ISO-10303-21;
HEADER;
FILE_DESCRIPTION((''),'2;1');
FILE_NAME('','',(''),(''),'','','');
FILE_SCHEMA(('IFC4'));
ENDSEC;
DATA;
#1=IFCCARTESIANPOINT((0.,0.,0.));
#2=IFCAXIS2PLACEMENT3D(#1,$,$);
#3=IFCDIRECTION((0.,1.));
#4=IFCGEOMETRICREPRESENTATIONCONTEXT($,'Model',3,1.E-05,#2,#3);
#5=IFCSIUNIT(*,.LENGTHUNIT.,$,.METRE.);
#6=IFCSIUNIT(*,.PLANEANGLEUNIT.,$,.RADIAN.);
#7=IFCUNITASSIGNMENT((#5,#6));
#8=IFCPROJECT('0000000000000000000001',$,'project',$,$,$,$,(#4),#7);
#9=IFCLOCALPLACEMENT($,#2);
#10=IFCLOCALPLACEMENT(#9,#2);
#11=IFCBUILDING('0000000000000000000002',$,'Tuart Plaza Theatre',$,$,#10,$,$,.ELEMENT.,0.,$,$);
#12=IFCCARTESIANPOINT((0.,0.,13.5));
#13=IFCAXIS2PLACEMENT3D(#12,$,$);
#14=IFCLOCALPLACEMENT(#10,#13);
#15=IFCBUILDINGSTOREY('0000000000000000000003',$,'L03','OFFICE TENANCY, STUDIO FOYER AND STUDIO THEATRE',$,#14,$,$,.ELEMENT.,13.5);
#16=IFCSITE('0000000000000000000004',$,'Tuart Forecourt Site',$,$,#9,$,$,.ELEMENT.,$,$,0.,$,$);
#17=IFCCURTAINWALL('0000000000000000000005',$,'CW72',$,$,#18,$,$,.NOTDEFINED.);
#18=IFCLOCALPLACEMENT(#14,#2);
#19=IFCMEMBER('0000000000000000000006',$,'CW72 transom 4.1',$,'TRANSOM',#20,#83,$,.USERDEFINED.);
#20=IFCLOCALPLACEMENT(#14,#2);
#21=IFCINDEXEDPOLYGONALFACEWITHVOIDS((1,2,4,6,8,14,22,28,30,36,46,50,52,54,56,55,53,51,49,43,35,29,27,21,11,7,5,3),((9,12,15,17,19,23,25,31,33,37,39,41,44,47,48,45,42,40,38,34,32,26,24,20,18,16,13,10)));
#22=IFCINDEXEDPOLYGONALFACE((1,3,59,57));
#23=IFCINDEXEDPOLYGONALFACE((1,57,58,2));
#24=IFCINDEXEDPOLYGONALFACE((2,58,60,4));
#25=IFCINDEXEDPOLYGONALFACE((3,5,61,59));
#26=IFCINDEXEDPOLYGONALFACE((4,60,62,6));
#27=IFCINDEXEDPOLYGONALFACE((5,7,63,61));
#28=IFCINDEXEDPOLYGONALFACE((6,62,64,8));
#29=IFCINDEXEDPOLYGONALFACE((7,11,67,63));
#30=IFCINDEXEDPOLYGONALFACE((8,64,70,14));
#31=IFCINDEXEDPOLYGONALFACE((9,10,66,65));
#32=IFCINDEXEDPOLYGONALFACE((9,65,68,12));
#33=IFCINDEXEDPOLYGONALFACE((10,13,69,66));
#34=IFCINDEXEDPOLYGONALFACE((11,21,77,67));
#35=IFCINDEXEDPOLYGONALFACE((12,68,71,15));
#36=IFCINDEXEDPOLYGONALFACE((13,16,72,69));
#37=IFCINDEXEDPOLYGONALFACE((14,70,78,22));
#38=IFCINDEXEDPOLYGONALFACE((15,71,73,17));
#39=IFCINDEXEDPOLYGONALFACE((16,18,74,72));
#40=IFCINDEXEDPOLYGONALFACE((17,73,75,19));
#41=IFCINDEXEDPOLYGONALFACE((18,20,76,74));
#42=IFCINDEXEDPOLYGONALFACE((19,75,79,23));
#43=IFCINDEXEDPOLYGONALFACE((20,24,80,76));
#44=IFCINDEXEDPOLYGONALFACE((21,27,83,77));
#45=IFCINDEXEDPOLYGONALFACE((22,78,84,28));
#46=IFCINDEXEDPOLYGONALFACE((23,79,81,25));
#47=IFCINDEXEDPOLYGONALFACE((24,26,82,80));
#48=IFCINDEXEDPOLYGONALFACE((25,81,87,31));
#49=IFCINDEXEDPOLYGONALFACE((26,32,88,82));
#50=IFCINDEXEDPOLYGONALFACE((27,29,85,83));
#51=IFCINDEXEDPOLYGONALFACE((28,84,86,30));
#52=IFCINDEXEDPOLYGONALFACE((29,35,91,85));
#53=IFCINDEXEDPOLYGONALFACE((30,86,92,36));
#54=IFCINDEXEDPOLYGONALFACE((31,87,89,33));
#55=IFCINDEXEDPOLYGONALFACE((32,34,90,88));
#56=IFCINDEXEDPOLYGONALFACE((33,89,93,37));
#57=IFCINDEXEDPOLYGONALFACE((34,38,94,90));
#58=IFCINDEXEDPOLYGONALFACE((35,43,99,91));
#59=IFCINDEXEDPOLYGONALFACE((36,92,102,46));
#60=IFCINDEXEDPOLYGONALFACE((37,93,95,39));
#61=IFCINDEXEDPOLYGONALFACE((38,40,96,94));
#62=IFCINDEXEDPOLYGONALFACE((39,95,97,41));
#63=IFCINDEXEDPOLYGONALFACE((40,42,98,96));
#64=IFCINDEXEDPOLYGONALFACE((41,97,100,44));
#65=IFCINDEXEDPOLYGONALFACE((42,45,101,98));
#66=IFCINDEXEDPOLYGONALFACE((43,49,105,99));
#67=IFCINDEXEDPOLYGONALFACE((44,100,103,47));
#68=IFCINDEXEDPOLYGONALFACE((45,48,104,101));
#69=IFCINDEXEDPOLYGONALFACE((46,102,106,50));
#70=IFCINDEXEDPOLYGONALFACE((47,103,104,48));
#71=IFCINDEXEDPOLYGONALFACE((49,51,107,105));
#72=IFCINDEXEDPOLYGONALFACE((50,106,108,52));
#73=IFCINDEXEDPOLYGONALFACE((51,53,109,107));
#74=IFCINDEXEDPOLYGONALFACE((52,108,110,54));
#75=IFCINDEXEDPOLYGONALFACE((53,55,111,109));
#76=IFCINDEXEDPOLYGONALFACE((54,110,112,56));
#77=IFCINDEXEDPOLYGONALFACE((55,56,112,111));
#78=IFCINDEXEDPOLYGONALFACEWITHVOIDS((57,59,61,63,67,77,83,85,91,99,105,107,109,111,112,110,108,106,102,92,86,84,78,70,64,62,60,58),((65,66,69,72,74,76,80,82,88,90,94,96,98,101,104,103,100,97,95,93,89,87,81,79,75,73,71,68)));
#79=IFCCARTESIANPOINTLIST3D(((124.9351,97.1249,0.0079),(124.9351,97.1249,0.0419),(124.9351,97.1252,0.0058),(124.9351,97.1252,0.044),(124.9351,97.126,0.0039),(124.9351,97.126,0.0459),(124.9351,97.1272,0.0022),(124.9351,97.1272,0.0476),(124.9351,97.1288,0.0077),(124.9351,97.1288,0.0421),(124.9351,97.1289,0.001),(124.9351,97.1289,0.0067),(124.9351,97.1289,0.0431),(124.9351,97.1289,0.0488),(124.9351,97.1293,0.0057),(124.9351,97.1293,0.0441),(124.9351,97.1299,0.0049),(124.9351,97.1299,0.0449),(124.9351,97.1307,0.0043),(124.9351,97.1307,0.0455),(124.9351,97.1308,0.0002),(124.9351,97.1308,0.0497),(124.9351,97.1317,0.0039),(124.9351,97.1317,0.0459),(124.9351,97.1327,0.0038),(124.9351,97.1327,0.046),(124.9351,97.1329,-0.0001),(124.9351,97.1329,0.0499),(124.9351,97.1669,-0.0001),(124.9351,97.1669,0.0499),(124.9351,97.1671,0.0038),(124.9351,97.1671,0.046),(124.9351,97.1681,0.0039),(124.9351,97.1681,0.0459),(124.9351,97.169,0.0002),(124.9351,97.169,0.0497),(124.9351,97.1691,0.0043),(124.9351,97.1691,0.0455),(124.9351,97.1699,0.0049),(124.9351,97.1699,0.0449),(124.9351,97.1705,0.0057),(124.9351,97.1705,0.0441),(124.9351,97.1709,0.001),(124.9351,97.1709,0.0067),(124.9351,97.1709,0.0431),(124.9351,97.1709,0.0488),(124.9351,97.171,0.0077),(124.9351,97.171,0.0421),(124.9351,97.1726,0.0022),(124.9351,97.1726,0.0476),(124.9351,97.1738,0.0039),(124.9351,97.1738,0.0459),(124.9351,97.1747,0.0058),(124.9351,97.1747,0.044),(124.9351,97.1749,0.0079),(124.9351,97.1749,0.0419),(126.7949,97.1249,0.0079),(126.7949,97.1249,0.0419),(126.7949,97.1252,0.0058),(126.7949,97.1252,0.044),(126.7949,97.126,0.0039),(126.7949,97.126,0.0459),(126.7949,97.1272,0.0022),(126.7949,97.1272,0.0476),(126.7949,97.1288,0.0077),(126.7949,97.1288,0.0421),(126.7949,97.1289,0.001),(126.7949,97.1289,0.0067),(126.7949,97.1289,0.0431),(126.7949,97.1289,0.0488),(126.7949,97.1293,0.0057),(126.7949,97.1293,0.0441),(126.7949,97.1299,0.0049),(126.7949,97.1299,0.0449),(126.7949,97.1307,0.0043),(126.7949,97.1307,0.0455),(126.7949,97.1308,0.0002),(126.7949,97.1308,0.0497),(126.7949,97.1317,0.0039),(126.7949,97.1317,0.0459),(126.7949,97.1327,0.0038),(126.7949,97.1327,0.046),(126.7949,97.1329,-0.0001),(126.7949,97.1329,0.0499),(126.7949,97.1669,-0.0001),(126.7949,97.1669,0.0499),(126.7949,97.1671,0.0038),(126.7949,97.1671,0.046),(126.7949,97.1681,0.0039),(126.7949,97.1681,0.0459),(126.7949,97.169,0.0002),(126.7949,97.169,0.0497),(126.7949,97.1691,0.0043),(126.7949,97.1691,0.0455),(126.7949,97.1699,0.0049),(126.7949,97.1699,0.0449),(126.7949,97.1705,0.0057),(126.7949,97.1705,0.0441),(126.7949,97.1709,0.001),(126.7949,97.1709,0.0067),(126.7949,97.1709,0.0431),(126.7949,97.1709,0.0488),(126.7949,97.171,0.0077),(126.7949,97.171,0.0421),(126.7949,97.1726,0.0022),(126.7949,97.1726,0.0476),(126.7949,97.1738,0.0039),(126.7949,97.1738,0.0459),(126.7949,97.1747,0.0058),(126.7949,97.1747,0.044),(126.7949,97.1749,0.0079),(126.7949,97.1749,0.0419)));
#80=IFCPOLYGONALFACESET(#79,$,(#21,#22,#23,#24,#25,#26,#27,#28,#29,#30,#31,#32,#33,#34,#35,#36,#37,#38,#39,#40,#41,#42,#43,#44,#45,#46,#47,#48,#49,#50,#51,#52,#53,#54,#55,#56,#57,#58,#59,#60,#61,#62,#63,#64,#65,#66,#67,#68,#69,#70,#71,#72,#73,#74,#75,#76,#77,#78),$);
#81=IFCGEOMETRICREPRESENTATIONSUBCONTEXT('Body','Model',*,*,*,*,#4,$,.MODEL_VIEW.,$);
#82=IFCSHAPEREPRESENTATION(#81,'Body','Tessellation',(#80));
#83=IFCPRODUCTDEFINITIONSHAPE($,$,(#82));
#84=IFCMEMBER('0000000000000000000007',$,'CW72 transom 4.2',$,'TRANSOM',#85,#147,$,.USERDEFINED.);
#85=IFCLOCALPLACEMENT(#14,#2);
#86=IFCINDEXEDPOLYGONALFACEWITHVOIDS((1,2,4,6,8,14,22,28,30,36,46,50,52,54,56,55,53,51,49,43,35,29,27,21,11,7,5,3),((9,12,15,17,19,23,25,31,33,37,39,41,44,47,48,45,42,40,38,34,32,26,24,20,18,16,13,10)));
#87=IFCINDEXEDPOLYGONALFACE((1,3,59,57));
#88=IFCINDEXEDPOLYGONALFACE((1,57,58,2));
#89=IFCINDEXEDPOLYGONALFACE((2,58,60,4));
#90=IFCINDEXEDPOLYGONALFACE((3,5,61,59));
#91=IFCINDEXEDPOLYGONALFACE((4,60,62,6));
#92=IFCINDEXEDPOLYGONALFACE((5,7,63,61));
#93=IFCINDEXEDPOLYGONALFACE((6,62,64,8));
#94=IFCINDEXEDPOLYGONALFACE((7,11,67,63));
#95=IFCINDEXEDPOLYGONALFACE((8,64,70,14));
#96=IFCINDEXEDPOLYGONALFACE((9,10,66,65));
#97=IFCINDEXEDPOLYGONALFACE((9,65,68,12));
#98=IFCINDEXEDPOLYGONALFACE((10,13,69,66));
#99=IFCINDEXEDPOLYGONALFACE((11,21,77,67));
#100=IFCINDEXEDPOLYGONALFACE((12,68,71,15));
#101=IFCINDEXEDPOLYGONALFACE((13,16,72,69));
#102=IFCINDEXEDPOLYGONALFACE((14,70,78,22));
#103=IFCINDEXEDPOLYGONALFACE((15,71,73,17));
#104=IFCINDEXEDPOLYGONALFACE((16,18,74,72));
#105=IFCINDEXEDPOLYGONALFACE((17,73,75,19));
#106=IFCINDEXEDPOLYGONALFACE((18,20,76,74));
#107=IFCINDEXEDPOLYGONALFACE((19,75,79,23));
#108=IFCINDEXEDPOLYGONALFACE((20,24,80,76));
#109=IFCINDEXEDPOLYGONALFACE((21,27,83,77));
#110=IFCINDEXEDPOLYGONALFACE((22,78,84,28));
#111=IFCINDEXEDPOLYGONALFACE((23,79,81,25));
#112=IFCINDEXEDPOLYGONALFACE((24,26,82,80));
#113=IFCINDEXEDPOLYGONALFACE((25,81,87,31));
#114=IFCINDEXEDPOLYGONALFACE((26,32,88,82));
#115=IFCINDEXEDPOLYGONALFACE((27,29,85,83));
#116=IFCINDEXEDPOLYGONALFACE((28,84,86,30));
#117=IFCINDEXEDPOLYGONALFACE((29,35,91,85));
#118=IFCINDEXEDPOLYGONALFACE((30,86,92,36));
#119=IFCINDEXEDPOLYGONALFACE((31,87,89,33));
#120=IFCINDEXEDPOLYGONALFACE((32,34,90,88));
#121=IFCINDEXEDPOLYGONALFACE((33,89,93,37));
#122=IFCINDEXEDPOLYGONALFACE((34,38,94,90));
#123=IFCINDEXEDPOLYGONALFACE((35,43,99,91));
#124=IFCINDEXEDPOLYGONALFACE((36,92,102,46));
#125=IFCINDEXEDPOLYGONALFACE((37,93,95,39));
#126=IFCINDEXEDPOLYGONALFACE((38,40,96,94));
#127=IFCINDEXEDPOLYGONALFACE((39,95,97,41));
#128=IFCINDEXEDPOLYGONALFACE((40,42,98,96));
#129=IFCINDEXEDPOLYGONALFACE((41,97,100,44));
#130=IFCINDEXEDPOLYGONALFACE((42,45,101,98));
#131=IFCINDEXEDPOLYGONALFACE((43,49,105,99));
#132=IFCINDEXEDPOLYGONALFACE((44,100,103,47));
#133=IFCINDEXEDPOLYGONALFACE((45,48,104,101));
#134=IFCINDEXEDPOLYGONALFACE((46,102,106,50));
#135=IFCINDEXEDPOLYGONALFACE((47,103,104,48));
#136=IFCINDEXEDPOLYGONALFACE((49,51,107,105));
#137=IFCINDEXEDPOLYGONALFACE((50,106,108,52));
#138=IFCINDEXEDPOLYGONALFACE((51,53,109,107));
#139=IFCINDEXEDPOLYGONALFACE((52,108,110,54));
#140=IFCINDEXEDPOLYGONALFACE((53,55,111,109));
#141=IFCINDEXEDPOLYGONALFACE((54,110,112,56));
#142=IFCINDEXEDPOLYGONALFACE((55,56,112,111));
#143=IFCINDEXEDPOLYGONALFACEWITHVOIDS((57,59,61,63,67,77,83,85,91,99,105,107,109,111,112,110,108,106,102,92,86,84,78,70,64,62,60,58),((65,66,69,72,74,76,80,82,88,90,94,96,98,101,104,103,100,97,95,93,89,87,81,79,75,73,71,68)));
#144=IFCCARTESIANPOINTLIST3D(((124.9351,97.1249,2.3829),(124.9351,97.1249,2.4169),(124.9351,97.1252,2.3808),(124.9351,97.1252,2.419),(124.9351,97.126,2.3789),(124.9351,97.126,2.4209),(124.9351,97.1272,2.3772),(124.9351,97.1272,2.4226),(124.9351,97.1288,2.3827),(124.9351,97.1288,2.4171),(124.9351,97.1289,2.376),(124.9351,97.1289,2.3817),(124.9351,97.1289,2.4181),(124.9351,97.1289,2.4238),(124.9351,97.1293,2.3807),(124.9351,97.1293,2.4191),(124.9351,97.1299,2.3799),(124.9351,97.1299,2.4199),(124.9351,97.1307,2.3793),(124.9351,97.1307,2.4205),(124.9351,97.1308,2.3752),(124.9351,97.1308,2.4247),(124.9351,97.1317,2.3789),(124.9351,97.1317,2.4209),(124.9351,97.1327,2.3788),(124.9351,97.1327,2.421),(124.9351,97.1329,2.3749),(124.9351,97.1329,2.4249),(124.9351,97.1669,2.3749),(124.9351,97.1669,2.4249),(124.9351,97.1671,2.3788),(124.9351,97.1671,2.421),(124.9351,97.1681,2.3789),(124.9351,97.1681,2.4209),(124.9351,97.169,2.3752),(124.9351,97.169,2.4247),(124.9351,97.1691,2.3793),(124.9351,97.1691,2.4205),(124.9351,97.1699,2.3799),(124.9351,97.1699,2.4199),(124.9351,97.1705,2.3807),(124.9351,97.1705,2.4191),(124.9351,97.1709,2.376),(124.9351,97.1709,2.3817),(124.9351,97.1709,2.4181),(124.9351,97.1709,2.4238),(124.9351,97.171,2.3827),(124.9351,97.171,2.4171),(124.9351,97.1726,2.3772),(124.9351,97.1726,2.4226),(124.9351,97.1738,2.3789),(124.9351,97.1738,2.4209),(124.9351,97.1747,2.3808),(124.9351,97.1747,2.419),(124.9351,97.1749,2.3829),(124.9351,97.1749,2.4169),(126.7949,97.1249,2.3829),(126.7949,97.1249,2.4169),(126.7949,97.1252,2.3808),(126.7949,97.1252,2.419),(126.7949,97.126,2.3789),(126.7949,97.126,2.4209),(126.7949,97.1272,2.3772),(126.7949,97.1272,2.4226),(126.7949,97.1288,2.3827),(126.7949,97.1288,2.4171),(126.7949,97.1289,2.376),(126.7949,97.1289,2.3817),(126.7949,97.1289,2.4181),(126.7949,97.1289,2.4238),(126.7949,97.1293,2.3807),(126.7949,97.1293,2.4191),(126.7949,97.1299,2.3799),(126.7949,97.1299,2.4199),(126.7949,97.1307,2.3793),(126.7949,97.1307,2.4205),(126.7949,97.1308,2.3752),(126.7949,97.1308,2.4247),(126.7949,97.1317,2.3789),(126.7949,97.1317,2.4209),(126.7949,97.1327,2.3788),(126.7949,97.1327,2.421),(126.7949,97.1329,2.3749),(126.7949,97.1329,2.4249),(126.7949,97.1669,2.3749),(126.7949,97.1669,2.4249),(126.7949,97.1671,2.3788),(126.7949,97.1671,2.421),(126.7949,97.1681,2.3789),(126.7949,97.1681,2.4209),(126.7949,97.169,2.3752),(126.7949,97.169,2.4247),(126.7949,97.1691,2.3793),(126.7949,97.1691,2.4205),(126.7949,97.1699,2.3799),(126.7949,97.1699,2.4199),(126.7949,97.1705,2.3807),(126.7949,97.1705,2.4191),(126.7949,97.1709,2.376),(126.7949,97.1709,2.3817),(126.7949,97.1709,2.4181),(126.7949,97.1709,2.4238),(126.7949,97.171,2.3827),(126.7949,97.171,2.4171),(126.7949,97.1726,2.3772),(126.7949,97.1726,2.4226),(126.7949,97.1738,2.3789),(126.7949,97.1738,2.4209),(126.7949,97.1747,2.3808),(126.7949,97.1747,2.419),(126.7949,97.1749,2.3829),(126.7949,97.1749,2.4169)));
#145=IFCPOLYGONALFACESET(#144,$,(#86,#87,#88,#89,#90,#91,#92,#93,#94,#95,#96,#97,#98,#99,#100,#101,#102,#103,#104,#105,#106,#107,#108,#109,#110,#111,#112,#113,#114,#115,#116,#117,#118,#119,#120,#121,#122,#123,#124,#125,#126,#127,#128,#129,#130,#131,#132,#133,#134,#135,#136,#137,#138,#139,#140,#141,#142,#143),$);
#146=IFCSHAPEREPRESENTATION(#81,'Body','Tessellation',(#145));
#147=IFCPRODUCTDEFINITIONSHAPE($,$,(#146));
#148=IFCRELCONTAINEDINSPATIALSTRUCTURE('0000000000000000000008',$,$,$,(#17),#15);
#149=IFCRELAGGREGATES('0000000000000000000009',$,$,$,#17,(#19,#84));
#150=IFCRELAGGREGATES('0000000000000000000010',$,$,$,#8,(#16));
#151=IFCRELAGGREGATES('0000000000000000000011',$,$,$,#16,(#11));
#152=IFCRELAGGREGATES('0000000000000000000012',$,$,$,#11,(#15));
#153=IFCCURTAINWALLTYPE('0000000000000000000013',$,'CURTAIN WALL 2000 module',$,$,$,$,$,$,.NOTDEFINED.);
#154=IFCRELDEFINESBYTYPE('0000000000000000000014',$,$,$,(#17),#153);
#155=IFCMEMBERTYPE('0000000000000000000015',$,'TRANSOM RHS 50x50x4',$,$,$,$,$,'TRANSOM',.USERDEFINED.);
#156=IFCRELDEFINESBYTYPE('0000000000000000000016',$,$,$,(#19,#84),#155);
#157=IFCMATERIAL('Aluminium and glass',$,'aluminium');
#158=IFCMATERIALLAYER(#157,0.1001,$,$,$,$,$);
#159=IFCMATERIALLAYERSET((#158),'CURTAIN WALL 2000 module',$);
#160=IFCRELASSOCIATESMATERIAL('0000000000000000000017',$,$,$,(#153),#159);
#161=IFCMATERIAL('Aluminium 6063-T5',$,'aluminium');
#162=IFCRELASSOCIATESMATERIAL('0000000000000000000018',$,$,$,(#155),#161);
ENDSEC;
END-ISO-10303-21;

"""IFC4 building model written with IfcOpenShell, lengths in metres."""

from ifc_helpers import new_model, si_unit, direction, frame, origin, origin_2d, place, context, subcontext, project, spatial, hollow_rectangle, extrude, material, layer, layer_set, material_profile, profile_set, type_object, element, aggregate, save


model = new_model("IFC4")

# Units and contexts
model_context = context("Model", 3, precision=1e-05, world=origin(), true_north=direction((0.0, 1.0)))
body_context = subcontext(model_context, "Body", "Model", "MODEL_VIEW")
ifc_project = project(units=[si_unit("LENGTHUNIT", "METRE"), si_unit("PLANEANGLEUNIT", "RADIAN")], contexts=[model_context])

# Site, building, storey
site_placement = place(None, origin())
site = spatial("IfcSite", under=ifc_project, at=site_placement, Name="Tuart Forecourt Site", CompositionType="ELEMENT", RefElevation=0.0)
building_placement = place(site_placement, origin())
building = spatial("IfcBuilding", under=site, at=building_placement, Name="Tuart Plaza Theatre", CompositionType="ELEMENT", ElevationOfRefHeight=0.0)
storey_placement = place(building_placement, frame((0.0, 0.0, 13.5)))
storey = spatial("IfcBuildingStorey", under=building, at=storey_placement, Name="L03", Description="OFFICE TENANCY, STUDIO FOYER AND STUDIO THEATRE", CompositionType="ELEMENT", Elevation=13.5)

# Curtain wall, members
ifc_material_1 = material(Name="Aluminium and glass", Category="aluminium")
ifc_layer_1 = layer(ifc_material_1, 0.1001)
ifc_layer_set_1 = layer_set([ifc_layer_1], Name="CURTAIN WALL 2000 module")
curtain_wall_type = type_object("IfcCurtainWallType", Name="CURTAIN WALL 2000 module", PredefinedType="NOTDEFINED", material=ifc_layer_set_1)
curtain_wall_placement = place(storey_placement, origin())
curtain_wall = element("IfcCurtainWall", 1, at=curtain_wall_placement, inside=storey, type_object=curtain_wall_type, Name="CW72", PredefinedType="NOTDEFINED")
ifc_material_2 = material(Name="Aluminium 6063-T5", Category="aluminium")
ifc_material_profile_1 = material_profile(ifc_material_2, hollow_rectangle(XDim=0.05, YDim=0.05, WallThickness=0.0039, InnerFilletRadius=0.0039, OuterFilletRadius=0.0081, at=origin_2d()), Name="RHS 50x50x4")
ifc_profile_set_1 = profile_set([ifc_material_profile_1], Name="Aluminium 6063-T5")
member_type_1 = type_object("IfcMemberType", Name="TRANSOM RHS 50x50x4", ElementType="TRANSOM", PredefinedType="USERDEFINED", material=ifc_profile_set_1)
member_1_placement = place(storey_placement, frame((126.7949, 97.1499, 0.0249), z_axis=(-1.0, 0.0, 0.0), x_axis=(0.0, -1.0, 0.0)))
member_1 = element("IfcMember", 2, at=member_1_placement, type_object=member_type_1, Name="CW72 transom 4.1", ObjectType="TRANSOM", PredefinedType="USERDEFINED", context=body_context, shape_type="SweptSolid", body=[
    extrude(hollow_rectangle(XDim=0.05, YDim=0.05, WallThickness=0.0039, InnerFilletRadius=0.0039, OuterFilletRadius=0.0081, at=origin_2d()), origin(), (0.0, 0.0, 1.0), 1.8599),
])
member_2_placement = place(storey_placement, frame((126.7949, 97.1499, 2.3999), z_axis=(-1.0, 0.0, 0.0), x_axis=(0.0, -1.0, 0.0)))
member_2 = element("IfcMember", 3, at=member_2_placement, type_object=member_type_1, Name="CW72 transom 4.2", ObjectType="TRANSOM", PredefinedType="USERDEFINED", context=body_context, shape_type="SweptSolid", body=[
    extrude(hollow_rectangle(XDim=0.05, YDim=0.05, WallThickness=0.0039, InnerFilletRadius=0.0039, OuterFilletRadius=0.0081, at=origin_2d()), origin(), (0.0, 0.0, 1.0), 1.8599),
])
aggregate(curtain_wall, [member_1, member_2])

save(model, "model.ifc")
